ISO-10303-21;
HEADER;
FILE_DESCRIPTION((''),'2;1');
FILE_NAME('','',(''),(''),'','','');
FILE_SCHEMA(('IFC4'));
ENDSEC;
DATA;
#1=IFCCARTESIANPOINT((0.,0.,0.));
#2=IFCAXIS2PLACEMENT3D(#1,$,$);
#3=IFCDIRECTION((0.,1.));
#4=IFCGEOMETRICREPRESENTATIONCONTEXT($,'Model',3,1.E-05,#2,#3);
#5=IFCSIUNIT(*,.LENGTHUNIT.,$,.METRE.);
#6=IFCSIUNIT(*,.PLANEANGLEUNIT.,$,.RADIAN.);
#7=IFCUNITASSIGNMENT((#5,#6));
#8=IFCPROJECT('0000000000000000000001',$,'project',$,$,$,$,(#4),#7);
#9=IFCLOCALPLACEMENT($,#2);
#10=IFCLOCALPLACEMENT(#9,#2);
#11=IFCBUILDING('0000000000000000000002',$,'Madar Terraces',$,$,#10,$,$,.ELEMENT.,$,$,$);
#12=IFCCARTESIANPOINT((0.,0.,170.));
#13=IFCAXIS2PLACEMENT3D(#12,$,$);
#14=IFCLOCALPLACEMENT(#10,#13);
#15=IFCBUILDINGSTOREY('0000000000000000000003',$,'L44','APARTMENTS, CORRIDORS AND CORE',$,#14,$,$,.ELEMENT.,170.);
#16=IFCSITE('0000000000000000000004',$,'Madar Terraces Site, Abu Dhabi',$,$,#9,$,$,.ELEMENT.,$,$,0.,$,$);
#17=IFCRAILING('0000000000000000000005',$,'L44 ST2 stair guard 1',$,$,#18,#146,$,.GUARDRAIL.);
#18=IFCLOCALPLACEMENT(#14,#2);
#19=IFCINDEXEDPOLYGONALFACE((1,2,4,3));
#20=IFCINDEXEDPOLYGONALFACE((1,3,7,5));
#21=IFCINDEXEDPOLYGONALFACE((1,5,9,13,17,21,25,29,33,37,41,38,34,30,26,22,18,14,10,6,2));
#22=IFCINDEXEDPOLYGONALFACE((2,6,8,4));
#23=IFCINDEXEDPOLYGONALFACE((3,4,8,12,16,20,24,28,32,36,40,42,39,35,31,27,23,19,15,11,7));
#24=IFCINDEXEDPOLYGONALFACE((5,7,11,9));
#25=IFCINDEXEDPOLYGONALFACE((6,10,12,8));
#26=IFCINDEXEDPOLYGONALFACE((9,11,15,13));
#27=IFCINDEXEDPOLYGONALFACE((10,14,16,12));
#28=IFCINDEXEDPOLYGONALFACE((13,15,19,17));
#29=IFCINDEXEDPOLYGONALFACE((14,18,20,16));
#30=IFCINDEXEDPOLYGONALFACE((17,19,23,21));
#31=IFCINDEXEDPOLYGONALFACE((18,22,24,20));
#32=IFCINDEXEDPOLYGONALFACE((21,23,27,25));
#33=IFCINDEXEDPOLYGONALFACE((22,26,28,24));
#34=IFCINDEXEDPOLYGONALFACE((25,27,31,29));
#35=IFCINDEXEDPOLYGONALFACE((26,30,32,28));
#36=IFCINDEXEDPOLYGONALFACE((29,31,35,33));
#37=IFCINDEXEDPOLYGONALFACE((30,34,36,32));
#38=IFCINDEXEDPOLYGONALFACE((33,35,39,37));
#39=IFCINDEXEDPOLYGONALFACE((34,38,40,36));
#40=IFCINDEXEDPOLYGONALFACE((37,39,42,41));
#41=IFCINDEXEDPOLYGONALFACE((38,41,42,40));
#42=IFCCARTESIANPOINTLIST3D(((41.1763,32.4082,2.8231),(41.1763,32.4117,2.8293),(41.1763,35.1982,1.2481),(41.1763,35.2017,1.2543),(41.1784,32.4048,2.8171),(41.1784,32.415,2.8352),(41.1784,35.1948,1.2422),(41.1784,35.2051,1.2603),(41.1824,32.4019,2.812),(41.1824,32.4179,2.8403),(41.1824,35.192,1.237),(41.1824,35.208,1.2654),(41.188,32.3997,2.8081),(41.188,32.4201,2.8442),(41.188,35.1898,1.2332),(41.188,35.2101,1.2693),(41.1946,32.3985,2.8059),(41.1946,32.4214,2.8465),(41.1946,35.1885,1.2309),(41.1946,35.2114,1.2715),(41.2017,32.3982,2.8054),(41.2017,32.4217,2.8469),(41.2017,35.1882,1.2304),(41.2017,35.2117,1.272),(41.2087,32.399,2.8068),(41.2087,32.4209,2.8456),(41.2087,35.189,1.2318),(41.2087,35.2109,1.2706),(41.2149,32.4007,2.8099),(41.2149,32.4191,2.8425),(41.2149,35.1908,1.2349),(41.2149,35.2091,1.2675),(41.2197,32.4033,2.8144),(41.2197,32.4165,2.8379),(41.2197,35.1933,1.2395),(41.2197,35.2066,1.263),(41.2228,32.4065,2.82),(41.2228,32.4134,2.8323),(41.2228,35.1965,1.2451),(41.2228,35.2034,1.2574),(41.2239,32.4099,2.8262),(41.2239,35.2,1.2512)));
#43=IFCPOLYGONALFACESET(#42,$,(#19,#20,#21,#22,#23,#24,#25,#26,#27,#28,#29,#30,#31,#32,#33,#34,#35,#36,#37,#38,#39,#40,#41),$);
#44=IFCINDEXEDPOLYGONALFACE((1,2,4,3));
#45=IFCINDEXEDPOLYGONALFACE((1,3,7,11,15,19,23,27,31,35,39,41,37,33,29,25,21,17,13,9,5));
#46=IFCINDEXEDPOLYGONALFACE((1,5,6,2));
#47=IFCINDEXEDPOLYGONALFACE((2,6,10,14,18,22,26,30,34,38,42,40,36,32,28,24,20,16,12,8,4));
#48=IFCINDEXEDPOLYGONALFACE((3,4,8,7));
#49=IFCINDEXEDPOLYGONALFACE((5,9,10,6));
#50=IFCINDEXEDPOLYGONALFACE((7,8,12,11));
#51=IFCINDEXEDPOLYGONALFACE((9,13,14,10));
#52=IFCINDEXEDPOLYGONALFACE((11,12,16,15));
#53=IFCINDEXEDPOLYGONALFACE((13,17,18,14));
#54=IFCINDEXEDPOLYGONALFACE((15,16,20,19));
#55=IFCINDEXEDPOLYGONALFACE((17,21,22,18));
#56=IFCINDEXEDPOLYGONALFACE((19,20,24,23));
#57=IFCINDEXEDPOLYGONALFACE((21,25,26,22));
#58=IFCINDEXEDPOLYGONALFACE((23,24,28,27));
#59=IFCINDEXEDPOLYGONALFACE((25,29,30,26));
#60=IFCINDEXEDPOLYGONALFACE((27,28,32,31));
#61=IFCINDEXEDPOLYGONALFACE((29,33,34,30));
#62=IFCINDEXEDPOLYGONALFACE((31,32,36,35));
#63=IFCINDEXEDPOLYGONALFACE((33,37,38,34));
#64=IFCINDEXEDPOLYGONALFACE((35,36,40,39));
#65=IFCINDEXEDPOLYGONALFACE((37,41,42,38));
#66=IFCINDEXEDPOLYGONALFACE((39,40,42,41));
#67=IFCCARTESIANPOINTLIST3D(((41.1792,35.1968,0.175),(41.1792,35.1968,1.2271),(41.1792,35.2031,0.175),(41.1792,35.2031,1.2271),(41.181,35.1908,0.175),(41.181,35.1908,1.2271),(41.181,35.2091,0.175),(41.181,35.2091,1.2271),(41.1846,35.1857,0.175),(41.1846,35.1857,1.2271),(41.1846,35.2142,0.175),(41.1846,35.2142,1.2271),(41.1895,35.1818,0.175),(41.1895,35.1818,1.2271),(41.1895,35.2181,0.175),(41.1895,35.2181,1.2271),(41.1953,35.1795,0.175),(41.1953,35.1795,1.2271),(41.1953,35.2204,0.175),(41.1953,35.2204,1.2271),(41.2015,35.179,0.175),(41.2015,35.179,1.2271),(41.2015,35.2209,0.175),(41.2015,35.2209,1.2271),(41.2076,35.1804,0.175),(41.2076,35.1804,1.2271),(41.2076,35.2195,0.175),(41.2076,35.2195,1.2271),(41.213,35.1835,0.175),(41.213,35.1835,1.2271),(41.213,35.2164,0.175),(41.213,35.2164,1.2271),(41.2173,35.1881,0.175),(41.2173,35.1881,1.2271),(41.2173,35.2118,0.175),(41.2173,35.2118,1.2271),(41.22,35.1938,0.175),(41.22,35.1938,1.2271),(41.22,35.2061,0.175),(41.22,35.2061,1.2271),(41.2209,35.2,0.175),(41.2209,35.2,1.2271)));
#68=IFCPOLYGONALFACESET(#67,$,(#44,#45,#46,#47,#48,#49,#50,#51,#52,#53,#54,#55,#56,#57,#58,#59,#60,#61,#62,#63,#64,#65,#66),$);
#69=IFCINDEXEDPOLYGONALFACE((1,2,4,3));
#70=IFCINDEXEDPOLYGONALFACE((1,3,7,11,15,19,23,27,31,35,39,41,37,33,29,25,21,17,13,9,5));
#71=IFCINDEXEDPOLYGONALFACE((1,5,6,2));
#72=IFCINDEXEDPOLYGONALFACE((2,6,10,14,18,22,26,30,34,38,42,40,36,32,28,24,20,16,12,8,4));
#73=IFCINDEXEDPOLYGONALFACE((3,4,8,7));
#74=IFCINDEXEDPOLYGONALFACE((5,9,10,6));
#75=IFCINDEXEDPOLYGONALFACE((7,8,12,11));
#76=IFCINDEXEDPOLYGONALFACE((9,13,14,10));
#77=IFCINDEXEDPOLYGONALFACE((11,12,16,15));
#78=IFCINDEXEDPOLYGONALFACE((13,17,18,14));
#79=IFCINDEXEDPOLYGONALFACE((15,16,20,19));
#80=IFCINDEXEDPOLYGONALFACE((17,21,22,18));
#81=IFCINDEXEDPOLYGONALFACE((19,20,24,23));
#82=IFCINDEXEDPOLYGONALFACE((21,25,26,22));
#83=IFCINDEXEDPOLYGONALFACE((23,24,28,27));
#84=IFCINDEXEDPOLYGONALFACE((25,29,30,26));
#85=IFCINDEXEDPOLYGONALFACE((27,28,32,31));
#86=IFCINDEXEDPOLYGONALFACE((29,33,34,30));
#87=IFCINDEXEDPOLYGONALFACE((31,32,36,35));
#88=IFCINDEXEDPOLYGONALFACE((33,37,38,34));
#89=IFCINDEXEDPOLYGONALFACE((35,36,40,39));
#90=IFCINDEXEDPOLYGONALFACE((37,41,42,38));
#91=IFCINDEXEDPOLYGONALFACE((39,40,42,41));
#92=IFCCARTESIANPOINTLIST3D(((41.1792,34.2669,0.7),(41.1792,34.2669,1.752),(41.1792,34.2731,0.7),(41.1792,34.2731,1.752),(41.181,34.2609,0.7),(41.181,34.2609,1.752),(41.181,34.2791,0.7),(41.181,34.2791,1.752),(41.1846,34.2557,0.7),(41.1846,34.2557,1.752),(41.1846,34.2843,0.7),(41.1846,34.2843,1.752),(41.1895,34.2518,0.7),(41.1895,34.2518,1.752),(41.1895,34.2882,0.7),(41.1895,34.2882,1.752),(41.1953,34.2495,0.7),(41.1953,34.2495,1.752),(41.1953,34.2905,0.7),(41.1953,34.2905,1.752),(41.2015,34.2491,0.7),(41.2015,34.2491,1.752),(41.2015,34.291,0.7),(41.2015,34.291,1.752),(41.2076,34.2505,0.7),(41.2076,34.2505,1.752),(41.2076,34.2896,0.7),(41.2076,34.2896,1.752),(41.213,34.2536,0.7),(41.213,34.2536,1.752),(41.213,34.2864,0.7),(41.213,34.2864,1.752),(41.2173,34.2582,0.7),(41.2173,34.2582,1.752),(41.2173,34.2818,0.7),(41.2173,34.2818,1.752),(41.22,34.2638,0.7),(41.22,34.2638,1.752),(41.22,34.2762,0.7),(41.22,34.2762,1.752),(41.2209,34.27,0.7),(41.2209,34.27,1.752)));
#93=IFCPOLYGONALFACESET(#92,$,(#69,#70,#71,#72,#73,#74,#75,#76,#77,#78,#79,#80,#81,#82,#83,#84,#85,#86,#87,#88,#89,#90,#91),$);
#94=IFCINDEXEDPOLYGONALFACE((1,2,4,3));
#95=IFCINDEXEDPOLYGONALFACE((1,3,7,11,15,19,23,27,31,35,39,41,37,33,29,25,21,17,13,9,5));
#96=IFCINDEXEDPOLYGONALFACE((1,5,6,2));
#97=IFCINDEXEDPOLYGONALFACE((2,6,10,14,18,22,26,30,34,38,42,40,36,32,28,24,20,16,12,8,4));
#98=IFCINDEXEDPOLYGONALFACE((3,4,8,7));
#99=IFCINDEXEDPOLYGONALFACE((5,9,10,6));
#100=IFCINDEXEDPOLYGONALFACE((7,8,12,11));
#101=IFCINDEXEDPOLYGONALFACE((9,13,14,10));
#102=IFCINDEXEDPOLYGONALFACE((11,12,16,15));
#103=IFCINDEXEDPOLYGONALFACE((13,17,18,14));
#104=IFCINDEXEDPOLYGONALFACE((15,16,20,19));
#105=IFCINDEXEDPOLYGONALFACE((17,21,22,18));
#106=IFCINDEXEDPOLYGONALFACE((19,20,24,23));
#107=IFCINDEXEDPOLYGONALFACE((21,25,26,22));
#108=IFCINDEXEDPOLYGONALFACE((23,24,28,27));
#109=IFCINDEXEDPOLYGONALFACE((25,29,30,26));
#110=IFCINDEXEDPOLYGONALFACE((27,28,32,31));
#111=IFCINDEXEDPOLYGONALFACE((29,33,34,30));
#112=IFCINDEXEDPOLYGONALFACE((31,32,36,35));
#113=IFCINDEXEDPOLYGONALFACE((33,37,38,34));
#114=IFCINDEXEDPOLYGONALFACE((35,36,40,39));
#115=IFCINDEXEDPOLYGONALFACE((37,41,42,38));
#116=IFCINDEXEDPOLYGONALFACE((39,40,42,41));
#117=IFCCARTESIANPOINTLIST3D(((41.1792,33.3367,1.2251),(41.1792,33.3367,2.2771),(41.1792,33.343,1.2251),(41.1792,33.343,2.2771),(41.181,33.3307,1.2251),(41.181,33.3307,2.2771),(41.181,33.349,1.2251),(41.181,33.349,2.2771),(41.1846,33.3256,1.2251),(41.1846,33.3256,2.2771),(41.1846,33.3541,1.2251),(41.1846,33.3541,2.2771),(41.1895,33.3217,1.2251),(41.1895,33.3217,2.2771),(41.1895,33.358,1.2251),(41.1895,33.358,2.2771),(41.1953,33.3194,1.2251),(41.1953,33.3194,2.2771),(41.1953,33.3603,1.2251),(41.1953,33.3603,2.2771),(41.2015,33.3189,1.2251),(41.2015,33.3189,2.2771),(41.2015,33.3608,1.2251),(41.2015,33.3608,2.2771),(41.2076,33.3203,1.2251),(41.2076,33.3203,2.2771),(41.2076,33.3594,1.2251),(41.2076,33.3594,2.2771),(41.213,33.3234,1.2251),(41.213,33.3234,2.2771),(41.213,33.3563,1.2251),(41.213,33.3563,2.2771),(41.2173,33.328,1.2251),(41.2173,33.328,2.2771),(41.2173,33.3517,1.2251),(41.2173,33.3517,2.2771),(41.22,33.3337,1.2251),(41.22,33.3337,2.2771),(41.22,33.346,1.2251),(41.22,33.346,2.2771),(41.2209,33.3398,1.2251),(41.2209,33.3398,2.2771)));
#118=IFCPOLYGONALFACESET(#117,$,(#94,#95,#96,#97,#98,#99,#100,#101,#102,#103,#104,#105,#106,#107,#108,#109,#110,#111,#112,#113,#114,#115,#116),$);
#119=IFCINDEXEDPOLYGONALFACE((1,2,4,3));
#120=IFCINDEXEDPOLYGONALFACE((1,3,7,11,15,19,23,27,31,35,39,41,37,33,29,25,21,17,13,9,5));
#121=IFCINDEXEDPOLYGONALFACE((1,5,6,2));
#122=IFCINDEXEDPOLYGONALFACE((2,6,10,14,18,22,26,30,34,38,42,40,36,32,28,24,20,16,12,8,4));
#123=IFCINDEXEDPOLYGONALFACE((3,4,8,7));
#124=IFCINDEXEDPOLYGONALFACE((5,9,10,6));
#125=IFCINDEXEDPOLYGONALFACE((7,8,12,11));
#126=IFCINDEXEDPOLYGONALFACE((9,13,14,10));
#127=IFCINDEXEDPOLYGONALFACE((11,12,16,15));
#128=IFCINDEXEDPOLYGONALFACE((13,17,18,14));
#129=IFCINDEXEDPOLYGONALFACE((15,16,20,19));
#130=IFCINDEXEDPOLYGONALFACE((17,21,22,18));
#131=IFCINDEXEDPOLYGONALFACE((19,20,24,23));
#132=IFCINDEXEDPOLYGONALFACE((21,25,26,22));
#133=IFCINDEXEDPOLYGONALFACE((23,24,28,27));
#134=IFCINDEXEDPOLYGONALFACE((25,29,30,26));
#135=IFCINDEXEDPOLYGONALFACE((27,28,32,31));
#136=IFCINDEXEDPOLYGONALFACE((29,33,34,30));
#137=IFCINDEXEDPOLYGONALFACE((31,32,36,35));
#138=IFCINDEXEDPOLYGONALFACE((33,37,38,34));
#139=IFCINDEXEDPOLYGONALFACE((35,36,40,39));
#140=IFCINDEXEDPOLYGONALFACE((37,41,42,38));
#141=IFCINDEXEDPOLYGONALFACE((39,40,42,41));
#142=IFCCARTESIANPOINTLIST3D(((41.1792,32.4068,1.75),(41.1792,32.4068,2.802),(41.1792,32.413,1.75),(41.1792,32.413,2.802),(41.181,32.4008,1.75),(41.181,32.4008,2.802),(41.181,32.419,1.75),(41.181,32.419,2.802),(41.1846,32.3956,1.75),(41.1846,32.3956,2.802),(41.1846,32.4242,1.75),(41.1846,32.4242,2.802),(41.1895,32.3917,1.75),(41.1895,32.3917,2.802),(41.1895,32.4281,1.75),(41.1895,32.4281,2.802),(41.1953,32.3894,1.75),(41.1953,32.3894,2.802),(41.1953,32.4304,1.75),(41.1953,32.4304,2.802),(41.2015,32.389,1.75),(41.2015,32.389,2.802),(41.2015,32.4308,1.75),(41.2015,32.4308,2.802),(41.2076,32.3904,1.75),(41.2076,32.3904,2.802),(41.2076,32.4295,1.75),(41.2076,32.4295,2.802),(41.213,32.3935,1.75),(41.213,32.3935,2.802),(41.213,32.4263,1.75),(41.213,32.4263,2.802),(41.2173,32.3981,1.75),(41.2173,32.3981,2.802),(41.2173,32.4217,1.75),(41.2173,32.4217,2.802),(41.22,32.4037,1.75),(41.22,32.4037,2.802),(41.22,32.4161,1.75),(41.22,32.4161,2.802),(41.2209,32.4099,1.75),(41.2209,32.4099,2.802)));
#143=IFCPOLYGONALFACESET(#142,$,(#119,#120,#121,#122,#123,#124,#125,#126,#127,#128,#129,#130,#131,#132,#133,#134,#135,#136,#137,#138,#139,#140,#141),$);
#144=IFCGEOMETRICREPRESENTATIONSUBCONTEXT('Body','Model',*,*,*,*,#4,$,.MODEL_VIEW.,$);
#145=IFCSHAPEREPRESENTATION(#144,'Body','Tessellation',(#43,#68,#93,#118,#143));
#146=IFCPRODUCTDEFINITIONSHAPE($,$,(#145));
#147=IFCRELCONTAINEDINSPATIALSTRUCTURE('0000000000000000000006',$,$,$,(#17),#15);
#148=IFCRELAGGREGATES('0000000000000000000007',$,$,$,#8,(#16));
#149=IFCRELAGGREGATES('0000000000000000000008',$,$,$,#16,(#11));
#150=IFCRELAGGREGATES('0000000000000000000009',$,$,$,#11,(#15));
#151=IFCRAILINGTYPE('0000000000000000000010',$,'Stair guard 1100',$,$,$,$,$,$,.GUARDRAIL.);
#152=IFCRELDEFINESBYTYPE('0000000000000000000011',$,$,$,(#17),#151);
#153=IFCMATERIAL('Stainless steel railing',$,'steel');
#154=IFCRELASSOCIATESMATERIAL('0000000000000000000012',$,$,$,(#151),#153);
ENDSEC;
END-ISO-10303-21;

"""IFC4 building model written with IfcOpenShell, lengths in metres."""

from ifc_helpers import new_model, si_unit, direction, frame, origin, origin_2d, place, context, subcontext, project, spatial, circle, extrude, material, type_object, element, save


model = new_model("IFC4")

# Units and contexts
model_context = context("Model", 3, precision=1e-05, world=origin(), true_north=direction((0.0, 1.0)))
body_context = subcontext(model_context, "Body", "Model", "MODEL_VIEW")
ifc_project = project(units=[si_unit("LENGTHUNIT", "METRE"), si_unit("PLANEANGLEUNIT", "RADIAN")], contexts=[model_context])

# Site, building, storey
site_placement = place(None, origin())
site = spatial("IfcSite", under=ifc_project, at=site_placement, Name="Madar Terraces Site, Abu Dhabi", CompositionType="ELEMENT", RefElevation=0.0)
building_placement = place(site_placement, origin())
building = spatial("IfcBuilding", under=site, at=building_placement, Name="Madar Terraces", CompositionType="ELEMENT")
storey_placement = place(building_placement, frame((0.0, 0.0, 170.0)))
storey = spatial("IfcBuildingStorey", under=building, at=storey_placement, Name="L44", Description="APARTMENTS, CORRIDORS AND CORE", CompositionType="ELEMENT", Elevation=170.0)

# Railing
ifc_material_1 = material(Name="Stainless steel railing", Category="steel")
railing_type_1 = type_object("IfcRailingType", Name="Stair guard 1100", PredefinedType="GUARDRAIL", material=ifc_material_1)
railing_1_placement = place(storey_placement, frame((41.2, 35.2, 0.175)))
element("IfcRailing", 1, at=railing_1_placement, inside=storey, type_object=railing_type_1, Name="L44 ST2 stair guard 1", PredefinedType="GUARDRAIL", context=body_context, shape_type="SweptSolid", body=[
    extrude(circle(Radius=0.0239, at=origin_2d()), frame((0.0, 0.0, 1.0762), z_axis=(0.0, -0.870834, 0.491578), x_axis=(1.0, 0.0, 0.0)), (0.0, 0.0, 1.0), 3.2039),
    extrude(circle(Radius=0.021, at=origin_2d()), origin(), (0.0, 0.0, 1.0), 1.052),
    extrude(circle(Radius=0.021, at=origin_2d()), frame((0.0, -0.9299, 0.5249)), (0.0, 0.0, 1.0), 1.052),
    extrude(circle(Radius=0.021, at=origin_2d()), frame((0.0, -1.8601, 1.05)), (0.0, 0.0, 1.0), 1.052),
    extrude(circle(Radius=0.021, at=origin_2d()), frame((0.0, -2.79, 1.575)), (0.0, 0.0, 1.0), 1.052),
])

save(model, "model.ifc")
